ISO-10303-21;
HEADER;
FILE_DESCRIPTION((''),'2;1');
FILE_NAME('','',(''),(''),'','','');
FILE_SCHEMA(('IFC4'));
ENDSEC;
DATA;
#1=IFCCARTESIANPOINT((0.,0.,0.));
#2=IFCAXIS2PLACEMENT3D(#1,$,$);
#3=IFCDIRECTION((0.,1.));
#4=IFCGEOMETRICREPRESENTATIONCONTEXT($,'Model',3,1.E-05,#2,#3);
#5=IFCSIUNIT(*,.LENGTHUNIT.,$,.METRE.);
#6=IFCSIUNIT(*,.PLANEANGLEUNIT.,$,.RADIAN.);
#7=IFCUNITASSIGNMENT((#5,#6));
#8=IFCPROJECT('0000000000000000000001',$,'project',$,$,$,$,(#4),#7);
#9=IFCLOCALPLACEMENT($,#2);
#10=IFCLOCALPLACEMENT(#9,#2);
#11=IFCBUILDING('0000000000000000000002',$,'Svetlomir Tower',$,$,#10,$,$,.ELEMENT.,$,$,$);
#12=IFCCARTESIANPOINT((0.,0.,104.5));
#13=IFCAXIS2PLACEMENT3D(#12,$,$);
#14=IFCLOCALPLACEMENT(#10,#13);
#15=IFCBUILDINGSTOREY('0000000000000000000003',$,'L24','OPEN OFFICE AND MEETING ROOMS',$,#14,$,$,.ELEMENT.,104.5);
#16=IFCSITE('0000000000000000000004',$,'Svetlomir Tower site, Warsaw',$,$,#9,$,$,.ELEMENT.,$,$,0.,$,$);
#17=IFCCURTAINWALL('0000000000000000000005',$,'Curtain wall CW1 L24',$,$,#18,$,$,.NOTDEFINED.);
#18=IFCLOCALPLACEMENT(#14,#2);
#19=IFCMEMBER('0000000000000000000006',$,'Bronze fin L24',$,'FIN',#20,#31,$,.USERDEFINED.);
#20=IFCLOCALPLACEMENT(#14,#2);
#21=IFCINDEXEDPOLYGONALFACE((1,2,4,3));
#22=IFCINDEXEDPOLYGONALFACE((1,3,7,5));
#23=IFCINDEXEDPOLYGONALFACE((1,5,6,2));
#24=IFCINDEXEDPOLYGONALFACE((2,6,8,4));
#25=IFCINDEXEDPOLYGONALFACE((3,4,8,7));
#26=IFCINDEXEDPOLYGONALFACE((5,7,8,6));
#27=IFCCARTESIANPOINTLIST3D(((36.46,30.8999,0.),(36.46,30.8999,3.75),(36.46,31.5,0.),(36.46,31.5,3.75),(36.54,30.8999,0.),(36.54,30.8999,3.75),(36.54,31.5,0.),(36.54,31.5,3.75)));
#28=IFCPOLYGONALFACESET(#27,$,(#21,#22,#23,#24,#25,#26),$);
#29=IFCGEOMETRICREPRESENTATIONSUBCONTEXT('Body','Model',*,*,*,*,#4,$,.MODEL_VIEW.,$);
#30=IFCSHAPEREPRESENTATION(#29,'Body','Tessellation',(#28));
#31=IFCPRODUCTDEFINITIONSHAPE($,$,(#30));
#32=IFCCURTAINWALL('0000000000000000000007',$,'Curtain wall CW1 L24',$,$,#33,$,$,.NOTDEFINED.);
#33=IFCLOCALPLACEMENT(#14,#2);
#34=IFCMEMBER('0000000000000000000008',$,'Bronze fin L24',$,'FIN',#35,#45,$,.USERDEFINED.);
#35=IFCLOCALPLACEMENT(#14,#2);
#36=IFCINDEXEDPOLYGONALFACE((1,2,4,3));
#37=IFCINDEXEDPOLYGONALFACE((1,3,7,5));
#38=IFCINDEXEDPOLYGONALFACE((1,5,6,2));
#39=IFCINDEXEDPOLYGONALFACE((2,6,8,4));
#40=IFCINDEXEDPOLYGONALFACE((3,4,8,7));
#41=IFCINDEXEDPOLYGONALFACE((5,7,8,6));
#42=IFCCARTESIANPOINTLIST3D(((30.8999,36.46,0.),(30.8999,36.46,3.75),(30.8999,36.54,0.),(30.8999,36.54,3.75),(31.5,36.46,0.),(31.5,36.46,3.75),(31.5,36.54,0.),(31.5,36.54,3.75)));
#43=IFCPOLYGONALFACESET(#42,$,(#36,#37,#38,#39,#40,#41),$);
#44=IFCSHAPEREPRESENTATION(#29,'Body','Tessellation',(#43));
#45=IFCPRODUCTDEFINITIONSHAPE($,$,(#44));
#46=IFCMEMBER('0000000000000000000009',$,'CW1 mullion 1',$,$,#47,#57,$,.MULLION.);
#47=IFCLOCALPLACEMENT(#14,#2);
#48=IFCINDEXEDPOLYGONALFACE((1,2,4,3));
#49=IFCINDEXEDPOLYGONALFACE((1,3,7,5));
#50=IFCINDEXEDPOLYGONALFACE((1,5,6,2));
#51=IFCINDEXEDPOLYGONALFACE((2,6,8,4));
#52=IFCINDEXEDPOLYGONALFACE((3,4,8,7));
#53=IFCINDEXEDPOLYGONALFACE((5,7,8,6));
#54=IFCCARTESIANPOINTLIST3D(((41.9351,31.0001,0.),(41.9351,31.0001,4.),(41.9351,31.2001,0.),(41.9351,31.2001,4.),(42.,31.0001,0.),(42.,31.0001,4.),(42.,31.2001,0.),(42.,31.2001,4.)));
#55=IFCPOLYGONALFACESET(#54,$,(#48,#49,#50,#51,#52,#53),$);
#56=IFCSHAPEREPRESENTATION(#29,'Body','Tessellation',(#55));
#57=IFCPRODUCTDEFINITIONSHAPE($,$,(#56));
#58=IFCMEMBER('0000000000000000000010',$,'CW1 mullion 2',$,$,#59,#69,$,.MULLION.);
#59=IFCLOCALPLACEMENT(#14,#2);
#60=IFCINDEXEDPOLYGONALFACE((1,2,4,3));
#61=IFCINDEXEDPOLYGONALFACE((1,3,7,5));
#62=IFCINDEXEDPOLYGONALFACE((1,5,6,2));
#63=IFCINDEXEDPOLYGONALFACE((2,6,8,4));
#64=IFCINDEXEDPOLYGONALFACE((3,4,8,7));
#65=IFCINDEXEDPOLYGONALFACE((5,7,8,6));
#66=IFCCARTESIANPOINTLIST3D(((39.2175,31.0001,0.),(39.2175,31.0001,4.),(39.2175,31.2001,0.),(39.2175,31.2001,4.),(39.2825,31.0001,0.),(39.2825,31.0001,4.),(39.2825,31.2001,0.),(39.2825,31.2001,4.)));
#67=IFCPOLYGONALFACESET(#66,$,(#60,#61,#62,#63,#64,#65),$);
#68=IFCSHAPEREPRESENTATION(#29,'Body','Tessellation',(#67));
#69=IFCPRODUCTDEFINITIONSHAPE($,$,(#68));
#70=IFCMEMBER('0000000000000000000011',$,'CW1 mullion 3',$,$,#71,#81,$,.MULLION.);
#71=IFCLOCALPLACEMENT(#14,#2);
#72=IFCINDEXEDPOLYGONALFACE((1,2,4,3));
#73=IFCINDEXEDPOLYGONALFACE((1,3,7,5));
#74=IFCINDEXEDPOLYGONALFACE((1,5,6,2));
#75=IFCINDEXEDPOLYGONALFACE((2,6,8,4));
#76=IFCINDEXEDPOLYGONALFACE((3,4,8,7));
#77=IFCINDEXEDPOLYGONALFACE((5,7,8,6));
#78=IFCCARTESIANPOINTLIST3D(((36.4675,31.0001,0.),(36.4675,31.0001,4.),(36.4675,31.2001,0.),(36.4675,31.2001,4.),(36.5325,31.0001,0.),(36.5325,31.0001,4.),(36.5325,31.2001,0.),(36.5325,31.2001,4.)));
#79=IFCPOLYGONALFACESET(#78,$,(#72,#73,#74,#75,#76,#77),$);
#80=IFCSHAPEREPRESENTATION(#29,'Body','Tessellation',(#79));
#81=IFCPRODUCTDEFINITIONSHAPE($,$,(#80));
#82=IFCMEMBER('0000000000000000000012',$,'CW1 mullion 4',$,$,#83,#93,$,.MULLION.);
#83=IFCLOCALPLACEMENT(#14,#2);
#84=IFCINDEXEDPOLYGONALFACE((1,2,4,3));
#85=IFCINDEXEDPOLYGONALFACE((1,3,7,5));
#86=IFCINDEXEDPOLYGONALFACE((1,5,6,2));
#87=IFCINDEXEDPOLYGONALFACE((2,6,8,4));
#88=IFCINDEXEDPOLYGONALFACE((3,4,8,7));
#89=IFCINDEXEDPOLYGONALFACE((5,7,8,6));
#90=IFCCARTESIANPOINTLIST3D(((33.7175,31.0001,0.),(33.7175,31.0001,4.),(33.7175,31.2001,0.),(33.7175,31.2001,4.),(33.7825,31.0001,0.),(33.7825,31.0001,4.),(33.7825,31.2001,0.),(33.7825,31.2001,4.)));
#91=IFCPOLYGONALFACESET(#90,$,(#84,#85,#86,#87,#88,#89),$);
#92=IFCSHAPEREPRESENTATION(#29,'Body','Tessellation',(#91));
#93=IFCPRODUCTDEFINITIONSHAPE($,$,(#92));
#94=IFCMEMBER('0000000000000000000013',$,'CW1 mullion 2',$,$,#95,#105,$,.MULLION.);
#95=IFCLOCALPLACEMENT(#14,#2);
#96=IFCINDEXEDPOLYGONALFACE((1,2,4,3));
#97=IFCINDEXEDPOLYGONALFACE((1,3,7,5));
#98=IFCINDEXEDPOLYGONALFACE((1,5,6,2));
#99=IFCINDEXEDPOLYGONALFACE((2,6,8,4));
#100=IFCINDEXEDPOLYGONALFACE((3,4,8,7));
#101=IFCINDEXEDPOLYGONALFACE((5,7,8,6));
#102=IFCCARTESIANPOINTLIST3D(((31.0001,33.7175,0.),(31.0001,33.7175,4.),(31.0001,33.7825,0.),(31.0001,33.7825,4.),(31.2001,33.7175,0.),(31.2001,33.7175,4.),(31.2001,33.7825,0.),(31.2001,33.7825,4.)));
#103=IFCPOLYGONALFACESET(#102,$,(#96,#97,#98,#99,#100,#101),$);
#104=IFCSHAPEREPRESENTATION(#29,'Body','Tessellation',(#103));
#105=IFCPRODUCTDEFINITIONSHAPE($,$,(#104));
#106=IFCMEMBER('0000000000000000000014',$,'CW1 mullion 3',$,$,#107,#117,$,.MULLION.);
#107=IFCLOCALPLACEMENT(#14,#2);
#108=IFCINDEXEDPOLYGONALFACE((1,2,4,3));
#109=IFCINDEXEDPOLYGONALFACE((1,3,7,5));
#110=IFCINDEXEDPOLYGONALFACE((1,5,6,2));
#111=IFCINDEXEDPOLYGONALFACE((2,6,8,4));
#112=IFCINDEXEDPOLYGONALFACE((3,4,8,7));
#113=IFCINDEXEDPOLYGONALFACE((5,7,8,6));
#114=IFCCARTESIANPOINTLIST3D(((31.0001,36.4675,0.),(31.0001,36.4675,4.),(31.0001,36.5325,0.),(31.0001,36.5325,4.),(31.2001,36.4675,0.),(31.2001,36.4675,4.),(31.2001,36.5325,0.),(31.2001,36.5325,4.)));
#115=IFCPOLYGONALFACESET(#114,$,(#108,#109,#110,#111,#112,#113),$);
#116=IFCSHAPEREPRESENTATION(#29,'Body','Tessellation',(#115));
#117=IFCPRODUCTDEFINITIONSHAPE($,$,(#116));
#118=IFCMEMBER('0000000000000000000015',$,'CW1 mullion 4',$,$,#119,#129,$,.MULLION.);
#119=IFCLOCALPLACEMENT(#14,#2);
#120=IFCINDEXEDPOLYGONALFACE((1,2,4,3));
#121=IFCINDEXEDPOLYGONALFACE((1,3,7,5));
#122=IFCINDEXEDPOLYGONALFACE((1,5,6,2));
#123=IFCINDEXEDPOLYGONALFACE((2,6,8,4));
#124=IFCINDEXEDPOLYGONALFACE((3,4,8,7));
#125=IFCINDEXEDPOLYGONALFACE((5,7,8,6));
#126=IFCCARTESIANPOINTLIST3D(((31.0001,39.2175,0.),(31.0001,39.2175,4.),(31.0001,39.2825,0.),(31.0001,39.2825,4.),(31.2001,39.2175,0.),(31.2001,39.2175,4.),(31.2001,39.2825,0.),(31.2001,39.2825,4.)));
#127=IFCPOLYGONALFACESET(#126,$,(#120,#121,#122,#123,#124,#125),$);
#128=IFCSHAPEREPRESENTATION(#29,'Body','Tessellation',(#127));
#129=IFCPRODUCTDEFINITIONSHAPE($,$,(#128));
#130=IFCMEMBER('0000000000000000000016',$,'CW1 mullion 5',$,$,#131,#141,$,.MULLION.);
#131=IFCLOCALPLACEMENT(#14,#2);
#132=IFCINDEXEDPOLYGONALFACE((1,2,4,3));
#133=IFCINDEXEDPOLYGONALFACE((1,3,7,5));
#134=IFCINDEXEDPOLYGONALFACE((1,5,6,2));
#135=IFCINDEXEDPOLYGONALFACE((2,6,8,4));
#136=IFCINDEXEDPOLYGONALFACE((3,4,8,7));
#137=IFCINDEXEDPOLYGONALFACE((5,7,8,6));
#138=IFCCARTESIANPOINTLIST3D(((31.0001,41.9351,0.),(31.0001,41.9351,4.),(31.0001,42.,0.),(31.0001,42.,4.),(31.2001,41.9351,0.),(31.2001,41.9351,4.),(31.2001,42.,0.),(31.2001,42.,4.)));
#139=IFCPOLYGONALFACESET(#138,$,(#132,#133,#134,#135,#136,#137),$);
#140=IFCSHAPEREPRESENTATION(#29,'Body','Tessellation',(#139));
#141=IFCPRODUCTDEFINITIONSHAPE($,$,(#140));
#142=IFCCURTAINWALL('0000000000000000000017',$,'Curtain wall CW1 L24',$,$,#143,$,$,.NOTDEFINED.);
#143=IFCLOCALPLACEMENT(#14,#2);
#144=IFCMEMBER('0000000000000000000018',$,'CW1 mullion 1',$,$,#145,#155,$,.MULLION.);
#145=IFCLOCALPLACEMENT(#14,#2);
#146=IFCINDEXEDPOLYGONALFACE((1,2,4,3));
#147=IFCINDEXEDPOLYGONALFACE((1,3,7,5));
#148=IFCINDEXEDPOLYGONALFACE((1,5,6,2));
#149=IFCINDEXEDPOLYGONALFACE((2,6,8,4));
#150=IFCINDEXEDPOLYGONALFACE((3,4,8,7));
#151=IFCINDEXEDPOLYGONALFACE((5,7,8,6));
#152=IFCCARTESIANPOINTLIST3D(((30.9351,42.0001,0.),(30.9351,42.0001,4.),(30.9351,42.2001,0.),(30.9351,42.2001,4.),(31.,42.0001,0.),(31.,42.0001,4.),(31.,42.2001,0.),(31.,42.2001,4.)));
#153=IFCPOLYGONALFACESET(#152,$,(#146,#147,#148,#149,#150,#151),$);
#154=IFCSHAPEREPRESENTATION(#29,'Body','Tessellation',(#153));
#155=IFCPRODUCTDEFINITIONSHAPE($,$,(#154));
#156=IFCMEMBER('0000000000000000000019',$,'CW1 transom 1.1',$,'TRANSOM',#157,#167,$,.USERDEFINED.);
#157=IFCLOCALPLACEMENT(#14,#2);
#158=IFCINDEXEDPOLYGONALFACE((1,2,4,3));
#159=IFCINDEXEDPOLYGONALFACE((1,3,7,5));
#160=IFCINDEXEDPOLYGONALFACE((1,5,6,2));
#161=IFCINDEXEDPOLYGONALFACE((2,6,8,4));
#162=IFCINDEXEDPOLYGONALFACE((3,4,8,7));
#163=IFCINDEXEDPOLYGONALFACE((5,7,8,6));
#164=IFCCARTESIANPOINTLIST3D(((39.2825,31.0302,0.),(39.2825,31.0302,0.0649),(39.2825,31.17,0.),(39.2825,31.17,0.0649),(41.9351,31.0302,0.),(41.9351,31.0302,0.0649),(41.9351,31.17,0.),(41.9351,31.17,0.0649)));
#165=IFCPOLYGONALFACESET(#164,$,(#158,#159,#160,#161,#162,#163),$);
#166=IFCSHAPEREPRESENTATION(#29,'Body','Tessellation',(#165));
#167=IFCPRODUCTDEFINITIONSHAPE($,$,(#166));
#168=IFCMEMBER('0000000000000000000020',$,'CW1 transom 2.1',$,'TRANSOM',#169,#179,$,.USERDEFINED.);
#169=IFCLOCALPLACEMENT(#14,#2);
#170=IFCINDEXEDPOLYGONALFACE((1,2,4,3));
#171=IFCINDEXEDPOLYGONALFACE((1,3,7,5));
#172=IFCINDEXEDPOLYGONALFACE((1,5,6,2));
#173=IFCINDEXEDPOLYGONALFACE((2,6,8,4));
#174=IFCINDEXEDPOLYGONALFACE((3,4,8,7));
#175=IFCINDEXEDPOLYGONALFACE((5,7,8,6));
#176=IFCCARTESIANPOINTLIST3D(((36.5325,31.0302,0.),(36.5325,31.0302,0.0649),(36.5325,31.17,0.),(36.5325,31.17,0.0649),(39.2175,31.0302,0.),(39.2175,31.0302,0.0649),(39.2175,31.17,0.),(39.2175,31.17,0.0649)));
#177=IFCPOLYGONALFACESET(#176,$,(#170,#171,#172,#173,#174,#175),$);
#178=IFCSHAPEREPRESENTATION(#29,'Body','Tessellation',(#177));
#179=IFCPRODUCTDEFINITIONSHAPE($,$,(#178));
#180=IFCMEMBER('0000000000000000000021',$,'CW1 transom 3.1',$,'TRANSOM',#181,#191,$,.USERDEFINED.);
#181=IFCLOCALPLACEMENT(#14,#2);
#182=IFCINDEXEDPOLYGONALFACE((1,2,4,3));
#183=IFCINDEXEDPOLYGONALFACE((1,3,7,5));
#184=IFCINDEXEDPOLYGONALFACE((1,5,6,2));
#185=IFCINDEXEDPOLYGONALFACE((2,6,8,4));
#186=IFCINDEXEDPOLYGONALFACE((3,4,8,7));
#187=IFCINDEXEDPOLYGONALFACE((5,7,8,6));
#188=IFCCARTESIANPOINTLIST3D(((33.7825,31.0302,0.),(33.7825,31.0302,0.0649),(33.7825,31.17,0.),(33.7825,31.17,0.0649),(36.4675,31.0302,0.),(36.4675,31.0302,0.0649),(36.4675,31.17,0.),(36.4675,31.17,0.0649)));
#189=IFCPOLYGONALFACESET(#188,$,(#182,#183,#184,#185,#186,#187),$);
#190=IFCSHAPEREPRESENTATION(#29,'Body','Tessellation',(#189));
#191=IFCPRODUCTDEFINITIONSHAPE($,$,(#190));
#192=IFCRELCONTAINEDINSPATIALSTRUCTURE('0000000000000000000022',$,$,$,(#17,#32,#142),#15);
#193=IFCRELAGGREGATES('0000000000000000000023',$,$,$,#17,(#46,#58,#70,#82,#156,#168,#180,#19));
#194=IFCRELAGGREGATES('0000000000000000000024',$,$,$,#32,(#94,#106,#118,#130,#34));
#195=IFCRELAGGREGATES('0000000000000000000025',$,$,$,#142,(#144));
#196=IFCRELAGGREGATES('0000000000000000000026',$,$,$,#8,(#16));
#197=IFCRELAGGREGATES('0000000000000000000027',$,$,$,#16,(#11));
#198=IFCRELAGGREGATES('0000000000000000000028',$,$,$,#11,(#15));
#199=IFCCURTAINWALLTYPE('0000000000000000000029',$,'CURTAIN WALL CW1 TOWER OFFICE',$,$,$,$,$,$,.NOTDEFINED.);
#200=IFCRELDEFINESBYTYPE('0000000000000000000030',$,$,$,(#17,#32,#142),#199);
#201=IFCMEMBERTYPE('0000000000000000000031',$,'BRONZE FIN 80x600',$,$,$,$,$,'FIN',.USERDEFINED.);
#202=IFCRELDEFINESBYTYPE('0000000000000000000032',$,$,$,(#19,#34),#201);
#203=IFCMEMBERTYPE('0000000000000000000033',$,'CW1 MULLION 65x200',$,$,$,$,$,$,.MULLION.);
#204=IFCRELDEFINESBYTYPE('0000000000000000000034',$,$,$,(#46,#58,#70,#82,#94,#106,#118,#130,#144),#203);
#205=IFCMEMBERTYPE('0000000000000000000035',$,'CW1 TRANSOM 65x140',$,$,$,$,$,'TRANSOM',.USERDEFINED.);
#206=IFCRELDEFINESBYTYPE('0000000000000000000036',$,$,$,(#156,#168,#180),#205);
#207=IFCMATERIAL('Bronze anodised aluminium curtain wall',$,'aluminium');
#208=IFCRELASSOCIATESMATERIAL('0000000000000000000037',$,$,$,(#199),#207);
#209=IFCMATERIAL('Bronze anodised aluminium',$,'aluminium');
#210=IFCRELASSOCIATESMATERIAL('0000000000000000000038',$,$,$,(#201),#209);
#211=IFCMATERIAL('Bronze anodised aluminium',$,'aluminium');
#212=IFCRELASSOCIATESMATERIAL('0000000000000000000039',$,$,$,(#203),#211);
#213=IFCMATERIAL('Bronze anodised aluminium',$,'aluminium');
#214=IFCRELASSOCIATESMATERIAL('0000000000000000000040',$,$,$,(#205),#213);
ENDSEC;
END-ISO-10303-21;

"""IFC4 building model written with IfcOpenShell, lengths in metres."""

from ifc_helpers import new_model, si_unit, direction, frame, origin, origin_2d, place, context, subcontext, project, spatial, rectangle, extrude, material, material_profile, profile_set, type_object, element, aggregate, save


model = new_model("IFC4")

# Units and contexts
model_context = context("Model", 3, precision=1e-05, world=origin(), true_north=direction((0.0, 1.0)))
body_context = subcontext(model_context, "Body", "Model", "MODEL_VIEW")
ifc_project = project(units=[si_unit("LENGTHUNIT", "METRE"), si_unit("PLANEANGLEUNIT", "RADIAN")], contexts=[model_context])

# Site, building, storey
site_placement = place(None, origin())
site = spatial("IfcSite", under=ifc_project, at=site_placement, Name="Svetlomir Tower site, Warsaw", CompositionType="ELEMENT", RefElevation=0.0)
building_placement = place(site_placement, origin())
building = spatial("IfcBuilding", under=site, at=building_placement, Name="Svetlomir Tower", CompositionType="ELEMENT")
storey_placement = place(building_placement, frame((0.0, 0.0, 104.5)))
storey = spatial("IfcBuildingStorey", under=building, at=storey_placement, Name="L24", Description="OPEN OFFICE AND MEETING ROOMS", CompositionType="ELEMENT", Elevation=104.5)

# Curtain walls, members
ifc_material_1 = material(Name="Bronze anodised aluminium curtain wall", Category="aluminium")
curtain_wall_type = type_object("IfcCurtainWallType", Name="CURTAIN WALL CW1 TOWER OFFICE", PredefinedType="NOTDEFINED", material=ifc_material_1)
curtain_wall_1_placement = place(storey_placement, origin())
curtain_wall_1 = element("IfcCurtainWall", 1, at=curtain_wall_1_placement, inside=storey, type_object=curtain_wall_type, Name="Curtain wall CW1 L24", PredefinedType="NOTDEFINED")
ifc_material_2 = material(Name="Bronze anodised aluminium", Category="aluminium")
ifc_material_profile_1 = material_profile(ifc_material_2, rectangle(XDim=0.0801, YDim=0.6001, at=origin_2d()), Name="FIN 80x600")
ifc_profile_set_1 = profile_set([ifc_material_profile_1], Name="Bronze anodised aluminium 6063-T6")
member_type_1 = type_object("IfcMemberType", Name="BRONZE FIN 80x600", ElementType="FIN", PredefinedType="USERDEFINED", material=ifc_profile_set_1)
member_1_placement = place(storey_placement, frame((36.5, 31.2, 0.0), z_axis=(0.0, 0.0, 1.0), x_axis=(1.0, 0.0, 0.0)))
member_1 = element("IfcMember", 2, at=member_1_placement, type_object=member_type_1, Name="Bronze fin L24", ObjectType="FIN", PredefinedType="USERDEFINED", context=body_context, shape_type="SweptSolid", body=[
    extrude(rectangle(XDim=0.0801, YDim=0.6001, at=origin_2d()), origin(), (0.0, 0.0, 1.0), 3.75),
])
curtain_wall_2_placement = place(storey_placement, origin())
curtain_wall_2 = element("IfcCurtainWall", 3, at=curtain_wall_2_placement, inside=storey, type_object=curtain_wall_type, Name="Curtain wall CW1 L24", PredefinedType="NOTDEFINED")
member_2_placement = place(storey_placement, frame((31.2, 36.5, 0.0), z_axis=(0.0, 0.0, 1.0), x_axis=(0.0, 1.0, 0.0)))
member_2 = element("IfcMember", 4, at=member_2_placement, type_object=member_type_1, Name="Bronze fin L24", ObjectType="FIN", PredefinedType="USERDEFINED", context=body_context, shape_type="SweptSolid", body=[
    extrude(rectangle(XDim=0.0801, YDim=0.6001, at=origin_2d()), origin(), (0.0, 0.0, 1.0), 3.75),
])

# Members
ifc_material_3 = material(Name="Bronze anodised aluminium", Category="aluminium")
ifc_material_profile_2 = material_profile(ifc_material_3, rectangle(XDim=0.0649, YDim=0.2, at=origin_2d()), Name="AL 65x200")
ifc_profile_set_2 = profile_set([ifc_material_profile_2], Name="Bronze anodised aluminium 6063-T6")
member_type_2 = type_object("IfcMemberType", Name="CW1 MULLION 65x200", PredefinedType="MULLION", material=ifc_profile_set_2)
member_3_placement = place(storey_placement, frame((41.9675, 31.1001, 0.0), z_axis=(0.0, 0.0, 1.0), x_axis=(-1.0, 0.0, 0.0)))
member_3 = element("IfcMember", 5, at=member_3_placement, type_object=member_type_2, Name="CW1 mullion 1", PredefinedType="MULLION", context=body_context, shape_type="SweptSolid", body=[
    extrude(rectangle(XDim=0.0649, YDim=0.2, at=origin_2d()), origin(), (0.0, 0.0, 1.0), 4.0),
])
member_4_placement = place(storey_placement, frame((39.25, 31.1001, 0.0), z_axis=(0.0, 0.0, 1.0), x_axis=(-1.0, 0.0, 0.0)))
member_4 = element("IfcMember", 6, at=member_4_placement, type_object=member_type_2, Name="CW1 mullion 2", PredefinedType="MULLION", context=body_context, shape_type="SweptSolid", body=[
    extrude(rectangle(XDim=0.0649, YDim=0.2, at=origin_2d()), origin(), (0.0, 0.0, 1.0), 4.0),
])
member_5_placement = place(storey_placement, frame((36.5, 31.1001, 0.0), z_axis=(0.0, 0.0, 1.0), x_axis=(-1.0, 0.0, 0.0)))
member_5 = element("IfcMember", 7, at=member_5_placement, type_object=member_type_2, Name="CW1 mullion 3", PredefinedType="MULLION", context=body_context, shape_type="SweptSolid", body=[
    extrude(rectangle(XDim=0.0649, YDim=0.2, at=origin_2d()), origin(), (0.0, 0.0, 1.0), 4.0),
])
member_6_placement = place(storey_placement, frame((33.75, 31.1001, 0.0), z_axis=(0.0, 0.0, 1.0), x_axis=(-1.0, 0.0, 0.0)))
member_6 = element("IfcMember", 8, at=member_6_placement, type_object=member_type_2, Name="CW1 mullion 4", PredefinedType="MULLION", context=body_context, shape_type="SweptSolid", body=[
    extrude(rectangle(XDim=0.0649, YDim=0.2, at=origin_2d()), origin(), (0.0, 0.0, 1.0), 4.0),
])
member_7_placement = place(storey_placement, frame((31.1001, 33.75, 0.0), z_axis=(0.0, 0.0, 1.0), x_axis=(0.0, 1.0, 0.0)))
member_7 = element("IfcMember", 9, at=member_7_placement, type_object=member_type_2, Name="CW1 mullion 2", PredefinedType="MULLION", context=body_context, shape_type="SweptSolid", body=[
    extrude(rectangle(XDim=0.0649, YDim=0.2, at=origin_2d()), origin(), (0.0, 0.0, 1.0), 4.0),
])
member_8_placement = place(storey_placement, frame((31.1001, 36.5, 0.0), z_axis=(0.0, 0.0, 1.0), x_axis=(0.0, 1.0, 0.0)))
member_8 = element("IfcMember", 10, at=member_8_placement, type_object=member_type_2, Name="CW1 mullion 3", PredefinedType="MULLION", context=body_context, shape_type="SweptSolid", body=[
    extrude(rectangle(XDim=0.0649, YDim=0.2, at=origin_2d()), origin(), (0.0, 0.0, 1.0), 4.0),
])
member_9_placement = place(storey_placement, frame((31.1001, 39.25, 0.0), z_axis=(0.0, 0.0, 1.0), x_axis=(0.0, 1.0, 0.0)))
member_9 = element("IfcMember", 11, at=member_9_placement, type_object=member_type_2, Name="CW1 mullion 4", PredefinedType="MULLION", context=body_context, shape_type="SweptSolid", body=[
    extrude(rectangle(XDim=0.0649, YDim=0.2, at=origin_2d()), origin(), (0.0, 0.0, 1.0), 4.0),
])
member_10_placement = place(storey_placement, frame((31.1001, 41.9675, 0.0), z_axis=(0.0, 0.0, 1.0), x_axis=(0.0, 1.0, 0.0)))
member_10 = element("IfcMember", 12, at=member_10_placement, type_object=member_type_2, Name="CW1 mullion 5", PredefinedType="MULLION", context=body_context, shape_type="SweptSolid", body=[
    extrude(rectangle(XDim=0.0649, YDim=0.2, at=origin_2d()), origin(), (0.0, 0.0, 1.0), 4.0),
])

# Curtain wall, member
curtain_wall_3_placement = place(storey_placement, origin())
curtain_wall_3 = element("IfcCurtainWall", 13, at=curtain_wall_3_placement, inside=storey, type_object=curtain_wall_type, Name="Curtain wall CW1 L24", PredefinedType="NOTDEFINED")
member_11_placement = place(storey_placement, frame((30.9675, 42.1001, 0.0), z_axis=(0.0, 0.0, 1.0), x_axis=(-1.0, 0.0, 0.0)))
member_11 = element("IfcMember", 14, at=member_11_placement, type_object=member_type_2, Name="CW1 mullion 1", PredefinedType="MULLION", context=body_context, shape_type="SweptSolid", body=[
    extrude(rectangle(XDim=0.0649, YDim=0.2, at=origin_2d()), origin(), (0.0, 0.0, 1.0), 4.0),
])

# Members
ifc_material_4 = material(Name="Bronze anodised aluminium", Category="aluminium")
ifc_material_profile_3 = material_profile(ifc_material_4, rectangle(XDim=0.1399, YDim=0.0649, at=origin_2d()), Name="AL 140x65")
ifc_profile_set_3 = profile_set([ifc_material_profile_3], Name="Bronze anodised aluminium 6063-T6")
member_type_3 = type_object("IfcMemberType", Name="CW1 TRANSOM 65x140", ElementType="TRANSOM", PredefinedType="USERDEFINED", material=ifc_profile_set_3)
member_12_placement = place(storey_placement, frame((41.9351, 31.1001, 0.0325), z_axis=(-1.0, 0.0, 0.0), x_axis=(0.0, -1.0, 0.0)))
member_12 = element("IfcMember", 15, at=member_12_placement, type_object=member_type_3, Name="CW1 transom 1.1", ObjectType="TRANSOM", PredefinedType="USERDEFINED", context=body_context, shape_type="SweptSolid", body=[
    extrude(rectangle(XDim=0.1399, YDim=0.0649, at=origin_2d()), origin(), (0.0, 0.0, 1.0), 2.6526),
])
member_13_placement = place(storey_placement, frame((39.2175, 31.1001, 0.0325), z_axis=(-1.0, 0.0, 0.0), x_axis=(0.0, -1.0, 0.0)))
member_13 = element("IfcMember", 16, at=member_13_placement, type_object=member_type_3, Name="CW1 transom 2.1", ObjectType="TRANSOM", PredefinedType="USERDEFINED", context=body_context, shape_type="SweptSolid", body=[
    extrude(rectangle(XDim=0.1399, YDim=0.0649, at=origin_2d()), origin(), (0.0, 0.0, 1.0), 2.6851),
])
member_14_placement = place(storey_placement, frame((36.4675, 31.1001, 0.0325), z_axis=(-1.0, 0.0, 0.0), x_axis=(0.0, -1.0, 0.0)))
member_14 = element("IfcMember", 17, at=member_14_placement, type_object=member_type_3, Name="CW1 transom 3.1", ObjectType="TRANSOM", PredefinedType="USERDEFINED", context=body_context, shape_type="SweptSolid", body=[
    extrude(rectangle(XDim=0.1399, YDim=0.0649, at=origin_2d()), origin(), (0.0, 0.0, 1.0), 2.6851),
])

aggregate(curtain_wall_1, [member_3, member_4, member_5, member_6, member_12, member_13, member_14, member_1])
aggregate(curtain_wall_2, [member_7, member_8, member_9, member_10, member_2])
aggregate(curtain_wall_3, [member_11])

save(model, "model.ifc")
